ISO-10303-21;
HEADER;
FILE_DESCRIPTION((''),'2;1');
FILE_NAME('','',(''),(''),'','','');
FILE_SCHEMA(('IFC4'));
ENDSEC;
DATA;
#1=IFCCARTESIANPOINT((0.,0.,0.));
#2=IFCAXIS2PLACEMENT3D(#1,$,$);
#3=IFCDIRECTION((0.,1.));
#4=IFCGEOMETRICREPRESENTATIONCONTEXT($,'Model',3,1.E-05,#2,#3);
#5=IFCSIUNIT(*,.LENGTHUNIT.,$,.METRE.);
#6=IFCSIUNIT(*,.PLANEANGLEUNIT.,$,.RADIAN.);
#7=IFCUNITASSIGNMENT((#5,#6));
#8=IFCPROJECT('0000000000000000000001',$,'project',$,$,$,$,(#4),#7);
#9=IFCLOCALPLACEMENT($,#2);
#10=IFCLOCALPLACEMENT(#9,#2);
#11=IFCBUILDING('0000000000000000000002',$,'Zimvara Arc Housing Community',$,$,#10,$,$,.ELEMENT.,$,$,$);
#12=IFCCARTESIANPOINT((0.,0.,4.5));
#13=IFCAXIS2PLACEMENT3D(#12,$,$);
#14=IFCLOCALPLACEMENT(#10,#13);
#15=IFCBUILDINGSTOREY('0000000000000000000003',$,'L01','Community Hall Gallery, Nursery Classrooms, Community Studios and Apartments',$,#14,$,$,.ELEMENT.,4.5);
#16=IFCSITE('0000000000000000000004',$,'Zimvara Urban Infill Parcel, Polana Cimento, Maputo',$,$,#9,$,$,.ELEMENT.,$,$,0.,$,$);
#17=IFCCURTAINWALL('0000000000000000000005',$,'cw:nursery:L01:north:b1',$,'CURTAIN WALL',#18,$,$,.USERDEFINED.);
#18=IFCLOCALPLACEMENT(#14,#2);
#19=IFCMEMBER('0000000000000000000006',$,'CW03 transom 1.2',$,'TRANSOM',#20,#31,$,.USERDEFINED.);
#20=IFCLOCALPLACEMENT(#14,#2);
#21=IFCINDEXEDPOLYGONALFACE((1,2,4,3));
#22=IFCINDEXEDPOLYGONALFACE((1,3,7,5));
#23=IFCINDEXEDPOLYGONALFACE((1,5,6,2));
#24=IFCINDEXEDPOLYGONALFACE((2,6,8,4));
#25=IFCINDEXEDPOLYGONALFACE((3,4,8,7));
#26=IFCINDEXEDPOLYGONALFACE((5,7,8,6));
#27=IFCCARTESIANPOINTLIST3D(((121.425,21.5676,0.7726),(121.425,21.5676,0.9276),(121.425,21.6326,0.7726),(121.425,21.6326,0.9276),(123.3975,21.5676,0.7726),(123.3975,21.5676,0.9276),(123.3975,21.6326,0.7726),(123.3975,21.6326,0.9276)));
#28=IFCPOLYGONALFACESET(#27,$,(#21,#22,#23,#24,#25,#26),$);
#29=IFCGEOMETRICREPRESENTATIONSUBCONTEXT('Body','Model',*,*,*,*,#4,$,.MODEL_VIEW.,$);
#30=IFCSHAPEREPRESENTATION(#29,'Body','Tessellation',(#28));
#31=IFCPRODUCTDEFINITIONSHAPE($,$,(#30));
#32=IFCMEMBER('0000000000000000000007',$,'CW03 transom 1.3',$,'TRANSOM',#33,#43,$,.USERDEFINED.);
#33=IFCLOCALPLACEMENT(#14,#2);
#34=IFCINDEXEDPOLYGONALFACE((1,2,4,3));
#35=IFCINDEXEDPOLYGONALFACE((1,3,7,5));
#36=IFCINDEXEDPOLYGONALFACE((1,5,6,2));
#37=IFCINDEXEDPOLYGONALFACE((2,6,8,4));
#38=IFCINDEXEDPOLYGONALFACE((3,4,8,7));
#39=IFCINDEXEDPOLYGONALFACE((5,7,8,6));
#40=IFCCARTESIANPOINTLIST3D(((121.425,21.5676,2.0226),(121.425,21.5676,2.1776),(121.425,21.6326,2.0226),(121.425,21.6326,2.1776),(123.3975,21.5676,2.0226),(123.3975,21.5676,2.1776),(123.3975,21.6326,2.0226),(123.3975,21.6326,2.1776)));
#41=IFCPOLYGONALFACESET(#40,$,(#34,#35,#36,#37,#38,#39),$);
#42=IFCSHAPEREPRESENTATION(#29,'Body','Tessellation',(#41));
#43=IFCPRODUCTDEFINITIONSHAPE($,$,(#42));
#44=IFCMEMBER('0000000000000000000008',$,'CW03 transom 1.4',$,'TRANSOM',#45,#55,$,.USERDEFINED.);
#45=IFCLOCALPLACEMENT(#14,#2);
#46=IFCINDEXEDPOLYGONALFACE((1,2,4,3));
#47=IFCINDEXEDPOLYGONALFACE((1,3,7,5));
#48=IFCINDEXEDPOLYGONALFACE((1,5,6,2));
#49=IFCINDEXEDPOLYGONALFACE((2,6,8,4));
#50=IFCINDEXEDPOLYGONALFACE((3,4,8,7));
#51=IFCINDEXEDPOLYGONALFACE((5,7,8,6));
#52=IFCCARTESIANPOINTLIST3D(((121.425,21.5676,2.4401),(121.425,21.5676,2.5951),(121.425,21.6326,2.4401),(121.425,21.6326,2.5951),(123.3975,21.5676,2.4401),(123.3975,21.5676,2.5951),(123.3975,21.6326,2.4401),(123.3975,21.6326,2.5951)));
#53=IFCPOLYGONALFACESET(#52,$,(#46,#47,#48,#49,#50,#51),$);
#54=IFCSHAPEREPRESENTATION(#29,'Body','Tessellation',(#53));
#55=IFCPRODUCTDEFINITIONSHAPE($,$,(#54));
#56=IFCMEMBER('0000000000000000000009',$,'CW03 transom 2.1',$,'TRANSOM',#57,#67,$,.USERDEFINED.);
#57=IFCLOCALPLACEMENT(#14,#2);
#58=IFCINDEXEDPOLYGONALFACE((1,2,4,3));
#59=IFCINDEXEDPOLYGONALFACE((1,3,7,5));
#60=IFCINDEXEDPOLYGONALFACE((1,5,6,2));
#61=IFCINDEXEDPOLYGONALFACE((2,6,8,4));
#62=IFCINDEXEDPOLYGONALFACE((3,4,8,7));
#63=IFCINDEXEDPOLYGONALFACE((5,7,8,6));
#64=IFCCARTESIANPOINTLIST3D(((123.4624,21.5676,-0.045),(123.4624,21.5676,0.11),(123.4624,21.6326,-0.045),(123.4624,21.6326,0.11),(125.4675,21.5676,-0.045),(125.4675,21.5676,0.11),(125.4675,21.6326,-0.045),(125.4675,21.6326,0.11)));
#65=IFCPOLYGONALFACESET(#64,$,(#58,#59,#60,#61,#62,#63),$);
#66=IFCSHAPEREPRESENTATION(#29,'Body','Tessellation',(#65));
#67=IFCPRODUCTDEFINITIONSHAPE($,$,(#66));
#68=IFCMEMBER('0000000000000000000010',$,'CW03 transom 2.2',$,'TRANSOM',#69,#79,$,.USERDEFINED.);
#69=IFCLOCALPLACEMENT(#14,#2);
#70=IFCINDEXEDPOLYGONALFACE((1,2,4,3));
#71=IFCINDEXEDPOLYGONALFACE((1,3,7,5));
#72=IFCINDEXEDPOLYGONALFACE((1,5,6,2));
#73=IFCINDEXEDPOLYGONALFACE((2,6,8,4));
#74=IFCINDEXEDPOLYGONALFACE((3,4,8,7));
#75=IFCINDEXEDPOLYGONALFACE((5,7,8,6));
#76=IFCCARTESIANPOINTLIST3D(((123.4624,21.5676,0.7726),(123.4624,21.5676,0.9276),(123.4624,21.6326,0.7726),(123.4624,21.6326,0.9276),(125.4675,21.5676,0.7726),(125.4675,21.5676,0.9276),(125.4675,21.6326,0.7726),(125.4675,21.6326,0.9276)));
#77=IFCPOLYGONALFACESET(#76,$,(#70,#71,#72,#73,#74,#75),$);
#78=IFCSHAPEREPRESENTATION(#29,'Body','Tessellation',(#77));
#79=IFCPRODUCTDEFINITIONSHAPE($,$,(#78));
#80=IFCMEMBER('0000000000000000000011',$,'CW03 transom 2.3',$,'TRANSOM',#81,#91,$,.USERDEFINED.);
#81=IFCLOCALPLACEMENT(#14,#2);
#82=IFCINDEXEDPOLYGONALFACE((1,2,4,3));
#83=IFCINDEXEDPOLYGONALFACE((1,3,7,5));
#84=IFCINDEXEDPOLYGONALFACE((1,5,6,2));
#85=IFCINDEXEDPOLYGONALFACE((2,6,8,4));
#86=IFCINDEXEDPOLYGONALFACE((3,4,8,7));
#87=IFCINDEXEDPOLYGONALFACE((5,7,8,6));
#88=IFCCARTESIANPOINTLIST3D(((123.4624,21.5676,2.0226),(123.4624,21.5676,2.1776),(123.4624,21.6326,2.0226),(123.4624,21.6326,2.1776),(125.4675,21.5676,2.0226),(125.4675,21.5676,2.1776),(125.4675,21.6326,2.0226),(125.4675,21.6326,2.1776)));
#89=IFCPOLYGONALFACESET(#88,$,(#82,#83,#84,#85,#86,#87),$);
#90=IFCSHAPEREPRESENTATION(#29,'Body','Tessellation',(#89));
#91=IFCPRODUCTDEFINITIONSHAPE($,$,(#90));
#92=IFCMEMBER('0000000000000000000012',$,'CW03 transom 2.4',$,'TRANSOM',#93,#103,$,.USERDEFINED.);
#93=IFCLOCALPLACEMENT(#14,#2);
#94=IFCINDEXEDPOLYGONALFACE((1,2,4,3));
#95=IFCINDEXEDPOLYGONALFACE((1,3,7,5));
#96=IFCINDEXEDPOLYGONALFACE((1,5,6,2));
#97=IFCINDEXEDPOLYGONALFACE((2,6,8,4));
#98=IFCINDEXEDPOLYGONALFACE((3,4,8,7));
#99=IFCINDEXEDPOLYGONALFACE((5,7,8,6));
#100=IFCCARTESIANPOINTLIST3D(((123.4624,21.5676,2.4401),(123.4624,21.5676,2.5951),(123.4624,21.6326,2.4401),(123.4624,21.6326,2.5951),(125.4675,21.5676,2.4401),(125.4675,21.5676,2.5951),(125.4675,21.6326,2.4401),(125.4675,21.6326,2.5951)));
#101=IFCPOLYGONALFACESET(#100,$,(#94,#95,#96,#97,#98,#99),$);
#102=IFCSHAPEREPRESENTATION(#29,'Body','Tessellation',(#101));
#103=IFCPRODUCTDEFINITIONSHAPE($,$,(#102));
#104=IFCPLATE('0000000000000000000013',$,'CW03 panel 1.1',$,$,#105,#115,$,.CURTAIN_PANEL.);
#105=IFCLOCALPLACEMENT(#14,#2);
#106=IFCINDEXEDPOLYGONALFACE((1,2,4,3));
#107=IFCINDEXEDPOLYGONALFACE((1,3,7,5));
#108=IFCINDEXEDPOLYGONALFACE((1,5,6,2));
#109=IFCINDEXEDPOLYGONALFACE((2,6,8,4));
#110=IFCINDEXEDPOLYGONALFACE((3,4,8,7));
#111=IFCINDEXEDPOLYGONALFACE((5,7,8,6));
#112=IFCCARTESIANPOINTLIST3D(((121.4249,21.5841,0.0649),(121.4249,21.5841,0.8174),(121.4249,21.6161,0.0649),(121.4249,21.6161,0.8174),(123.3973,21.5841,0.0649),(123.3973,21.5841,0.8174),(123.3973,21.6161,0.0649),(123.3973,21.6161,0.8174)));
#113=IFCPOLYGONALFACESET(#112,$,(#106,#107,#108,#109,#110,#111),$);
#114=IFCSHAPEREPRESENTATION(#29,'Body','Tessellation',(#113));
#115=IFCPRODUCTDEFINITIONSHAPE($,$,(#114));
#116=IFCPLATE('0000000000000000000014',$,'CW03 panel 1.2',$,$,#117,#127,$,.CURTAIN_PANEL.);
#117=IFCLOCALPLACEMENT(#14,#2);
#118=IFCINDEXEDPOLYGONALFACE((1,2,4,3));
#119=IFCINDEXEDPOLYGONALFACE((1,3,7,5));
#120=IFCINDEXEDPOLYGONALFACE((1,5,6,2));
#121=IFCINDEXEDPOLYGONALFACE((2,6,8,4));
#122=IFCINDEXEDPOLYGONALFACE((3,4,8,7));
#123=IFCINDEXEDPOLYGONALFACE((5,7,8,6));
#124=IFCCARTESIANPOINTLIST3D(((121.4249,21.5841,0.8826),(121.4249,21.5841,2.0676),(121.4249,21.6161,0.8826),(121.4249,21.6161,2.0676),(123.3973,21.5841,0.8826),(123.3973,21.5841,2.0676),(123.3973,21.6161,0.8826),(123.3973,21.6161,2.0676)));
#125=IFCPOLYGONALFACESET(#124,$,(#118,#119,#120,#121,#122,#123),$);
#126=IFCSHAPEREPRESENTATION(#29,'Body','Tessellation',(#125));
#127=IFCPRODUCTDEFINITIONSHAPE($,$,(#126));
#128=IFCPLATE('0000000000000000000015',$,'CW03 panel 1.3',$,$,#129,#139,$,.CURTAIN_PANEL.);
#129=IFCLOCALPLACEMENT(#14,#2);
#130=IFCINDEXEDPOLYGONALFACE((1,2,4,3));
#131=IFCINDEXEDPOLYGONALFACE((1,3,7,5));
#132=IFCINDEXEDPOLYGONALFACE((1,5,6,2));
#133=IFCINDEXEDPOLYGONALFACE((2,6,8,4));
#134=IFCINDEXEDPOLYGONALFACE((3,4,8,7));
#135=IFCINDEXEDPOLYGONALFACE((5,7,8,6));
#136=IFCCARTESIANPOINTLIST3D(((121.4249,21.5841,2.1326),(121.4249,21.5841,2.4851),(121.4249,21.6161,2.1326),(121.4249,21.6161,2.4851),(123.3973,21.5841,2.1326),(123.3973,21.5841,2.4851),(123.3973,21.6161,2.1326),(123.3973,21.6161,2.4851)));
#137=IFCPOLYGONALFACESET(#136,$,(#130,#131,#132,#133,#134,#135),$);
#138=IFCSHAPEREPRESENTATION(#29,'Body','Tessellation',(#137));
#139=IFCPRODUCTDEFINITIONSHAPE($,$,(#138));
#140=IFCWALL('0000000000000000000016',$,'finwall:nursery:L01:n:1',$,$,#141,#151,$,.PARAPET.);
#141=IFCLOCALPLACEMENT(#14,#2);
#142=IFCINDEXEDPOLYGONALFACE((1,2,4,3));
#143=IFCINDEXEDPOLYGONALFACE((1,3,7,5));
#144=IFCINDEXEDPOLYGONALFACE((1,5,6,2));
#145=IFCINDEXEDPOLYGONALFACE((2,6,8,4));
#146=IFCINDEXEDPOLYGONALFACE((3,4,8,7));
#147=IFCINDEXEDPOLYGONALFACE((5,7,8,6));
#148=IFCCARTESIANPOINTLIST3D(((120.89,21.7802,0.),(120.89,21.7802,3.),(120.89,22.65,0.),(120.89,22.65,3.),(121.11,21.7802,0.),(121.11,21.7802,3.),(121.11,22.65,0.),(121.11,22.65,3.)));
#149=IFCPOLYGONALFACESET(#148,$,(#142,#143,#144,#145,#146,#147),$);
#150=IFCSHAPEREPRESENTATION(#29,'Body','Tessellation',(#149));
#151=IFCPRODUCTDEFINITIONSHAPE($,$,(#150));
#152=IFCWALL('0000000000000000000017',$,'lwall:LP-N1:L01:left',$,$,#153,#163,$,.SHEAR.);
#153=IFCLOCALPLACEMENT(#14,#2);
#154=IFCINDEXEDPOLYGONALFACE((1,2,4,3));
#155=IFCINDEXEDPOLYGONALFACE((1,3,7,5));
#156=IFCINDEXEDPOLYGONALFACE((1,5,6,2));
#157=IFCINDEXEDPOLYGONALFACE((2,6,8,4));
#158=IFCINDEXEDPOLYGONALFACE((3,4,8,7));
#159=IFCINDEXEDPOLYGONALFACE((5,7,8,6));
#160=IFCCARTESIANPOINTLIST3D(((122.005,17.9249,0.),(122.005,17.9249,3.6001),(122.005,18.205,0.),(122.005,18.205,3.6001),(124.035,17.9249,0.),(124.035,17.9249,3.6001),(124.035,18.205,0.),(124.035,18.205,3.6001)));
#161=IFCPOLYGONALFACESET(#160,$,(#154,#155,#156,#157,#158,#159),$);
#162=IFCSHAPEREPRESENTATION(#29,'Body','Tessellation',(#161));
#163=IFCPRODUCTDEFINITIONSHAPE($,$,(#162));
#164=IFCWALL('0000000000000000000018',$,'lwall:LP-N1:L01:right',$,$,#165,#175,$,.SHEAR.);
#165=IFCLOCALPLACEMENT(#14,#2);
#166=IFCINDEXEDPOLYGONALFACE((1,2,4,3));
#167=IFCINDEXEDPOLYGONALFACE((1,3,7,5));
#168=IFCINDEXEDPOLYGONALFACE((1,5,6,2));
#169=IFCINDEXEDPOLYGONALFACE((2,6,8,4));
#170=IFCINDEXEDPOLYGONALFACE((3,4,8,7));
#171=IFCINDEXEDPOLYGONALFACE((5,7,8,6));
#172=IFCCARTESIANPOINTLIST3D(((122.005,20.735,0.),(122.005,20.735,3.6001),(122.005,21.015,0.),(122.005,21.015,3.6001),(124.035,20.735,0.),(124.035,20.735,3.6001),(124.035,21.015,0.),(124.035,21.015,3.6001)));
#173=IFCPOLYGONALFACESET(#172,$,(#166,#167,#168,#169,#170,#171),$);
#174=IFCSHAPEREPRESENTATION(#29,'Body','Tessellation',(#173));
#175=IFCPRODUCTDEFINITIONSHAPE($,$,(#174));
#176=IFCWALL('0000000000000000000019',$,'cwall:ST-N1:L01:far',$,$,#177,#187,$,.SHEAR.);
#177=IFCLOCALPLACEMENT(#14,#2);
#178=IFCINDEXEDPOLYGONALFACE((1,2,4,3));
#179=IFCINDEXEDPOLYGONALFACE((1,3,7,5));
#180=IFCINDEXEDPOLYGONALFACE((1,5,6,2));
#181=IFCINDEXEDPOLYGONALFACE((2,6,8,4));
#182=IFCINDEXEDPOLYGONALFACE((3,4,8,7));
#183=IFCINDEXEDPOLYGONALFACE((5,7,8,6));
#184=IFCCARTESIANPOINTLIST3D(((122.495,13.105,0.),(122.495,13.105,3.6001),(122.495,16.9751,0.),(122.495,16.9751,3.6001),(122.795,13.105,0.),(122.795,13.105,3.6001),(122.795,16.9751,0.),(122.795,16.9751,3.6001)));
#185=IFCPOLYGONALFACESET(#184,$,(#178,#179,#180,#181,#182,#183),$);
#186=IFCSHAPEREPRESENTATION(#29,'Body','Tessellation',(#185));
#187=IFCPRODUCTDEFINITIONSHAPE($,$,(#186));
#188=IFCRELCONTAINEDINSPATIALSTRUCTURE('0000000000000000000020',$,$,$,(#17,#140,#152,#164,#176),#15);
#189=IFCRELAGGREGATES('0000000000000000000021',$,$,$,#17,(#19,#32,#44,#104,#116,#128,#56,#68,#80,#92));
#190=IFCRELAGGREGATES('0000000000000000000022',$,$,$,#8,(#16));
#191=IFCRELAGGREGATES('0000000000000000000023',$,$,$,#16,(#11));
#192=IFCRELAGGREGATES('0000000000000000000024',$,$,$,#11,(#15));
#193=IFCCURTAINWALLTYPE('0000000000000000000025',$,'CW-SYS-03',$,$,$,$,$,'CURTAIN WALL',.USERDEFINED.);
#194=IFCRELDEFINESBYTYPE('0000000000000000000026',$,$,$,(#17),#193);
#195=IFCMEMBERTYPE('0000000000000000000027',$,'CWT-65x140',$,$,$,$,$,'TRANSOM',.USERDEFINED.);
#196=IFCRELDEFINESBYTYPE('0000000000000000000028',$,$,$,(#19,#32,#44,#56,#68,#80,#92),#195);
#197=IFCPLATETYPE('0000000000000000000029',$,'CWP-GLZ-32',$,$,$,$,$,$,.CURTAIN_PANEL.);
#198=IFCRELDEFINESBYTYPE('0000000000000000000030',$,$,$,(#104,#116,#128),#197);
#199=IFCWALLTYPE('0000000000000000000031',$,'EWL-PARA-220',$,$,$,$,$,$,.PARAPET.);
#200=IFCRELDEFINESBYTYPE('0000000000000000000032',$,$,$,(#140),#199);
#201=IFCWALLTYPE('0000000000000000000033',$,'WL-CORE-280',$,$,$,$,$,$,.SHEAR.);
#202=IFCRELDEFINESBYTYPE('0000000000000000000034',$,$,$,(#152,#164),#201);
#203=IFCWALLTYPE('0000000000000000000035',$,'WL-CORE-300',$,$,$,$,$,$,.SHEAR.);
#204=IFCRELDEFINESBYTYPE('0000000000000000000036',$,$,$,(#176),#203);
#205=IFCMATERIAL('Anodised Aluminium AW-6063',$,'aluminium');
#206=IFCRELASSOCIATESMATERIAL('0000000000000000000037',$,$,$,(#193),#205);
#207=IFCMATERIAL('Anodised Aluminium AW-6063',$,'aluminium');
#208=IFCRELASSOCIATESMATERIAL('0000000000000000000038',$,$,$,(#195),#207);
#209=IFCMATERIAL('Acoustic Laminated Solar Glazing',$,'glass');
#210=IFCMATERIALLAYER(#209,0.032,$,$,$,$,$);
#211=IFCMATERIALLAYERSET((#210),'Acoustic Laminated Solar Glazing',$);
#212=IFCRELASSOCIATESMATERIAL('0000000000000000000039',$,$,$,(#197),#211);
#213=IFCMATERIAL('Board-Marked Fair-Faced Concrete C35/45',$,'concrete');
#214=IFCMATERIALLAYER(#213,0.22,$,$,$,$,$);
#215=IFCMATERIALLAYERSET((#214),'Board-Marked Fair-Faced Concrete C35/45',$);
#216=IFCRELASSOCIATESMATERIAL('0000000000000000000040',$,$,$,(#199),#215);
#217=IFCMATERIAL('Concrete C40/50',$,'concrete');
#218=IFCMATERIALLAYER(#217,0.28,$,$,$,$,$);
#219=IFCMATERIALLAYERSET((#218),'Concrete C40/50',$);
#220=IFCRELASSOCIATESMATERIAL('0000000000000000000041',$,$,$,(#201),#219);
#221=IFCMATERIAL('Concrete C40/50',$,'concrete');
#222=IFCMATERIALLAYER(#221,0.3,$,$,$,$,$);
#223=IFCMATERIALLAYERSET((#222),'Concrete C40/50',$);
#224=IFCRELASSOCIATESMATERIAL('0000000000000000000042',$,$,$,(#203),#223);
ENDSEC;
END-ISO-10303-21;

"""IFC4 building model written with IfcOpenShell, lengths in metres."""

from ifc_helpers import new_model, si_unit, direction, frame, frame_2d, origin, origin_2d, place, context, subcontext, project, spatial, rectangle, extrude, material, layer, layer_set, material_profile, profile_set, type_object, element, aggregate, save


model = new_model("IFC4")

# Units and contexts
model_context = context("Model", 3, precision=1e-05, world=origin(), true_north=direction((0.0, 1.0)))
body_context = subcontext(model_context, "Body", "Model", "MODEL_VIEW")
ifc_project = project(units=[si_unit("LENGTHUNIT", "METRE"), si_unit("PLANEANGLEUNIT", "RADIAN")], contexts=[model_context])

# Site, building, storey
site_placement = place(None, origin())
site = spatial("IfcSite", under=ifc_project, at=site_placement, Name="Zimvara Urban Infill Parcel, Polana Cimento, Maputo", CompositionType="ELEMENT", RefElevation=0.0)
building_placement = place(site_placement, origin())
building = spatial("IfcBuilding", under=site, at=building_placement, Name="Zimvara Arc Housing Community", CompositionType="ELEMENT")
storey_placement = place(building_placement, frame((0.0, 0.0, 4.5)))
storey = spatial("IfcBuildingStorey", under=building, at=storey_placement, Name="L01", Description="Community Hall Gallery, Nursery Classrooms, Community Studios and Apartments", CompositionType="ELEMENT", Elevation=4.5)

# Curtain wall, members, plates
ifc_material_1 = material(Name="Anodised Aluminium AW-6063", Category="aluminium")
curtain_wall_type = type_object("IfcCurtainWallType", Name="CW-SYS-03", ElementType="CURTAIN WALL", PredefinedType="USERDEFINED", material=ifc_material_1)
curtain_wall_placement = place(storey_placement, origin())
curtain_wall = element("IfcCurtainWall", 1, at=curtain_wall_placement, inside=storey, type_object=curtain_wall_type, Name="cw:nursery:L01:north:b1", ObjectType="CURTAIN WALL", PredefinedType="USERDEFINED")
ifc_material_2 = material(Name="Anodised Aluminium AW-6063", Category="aluminium")
ifc_material_profile_1 = material_profile(ifc_material_2, rectangle(XDim=0.0649, YDim=0.155, at=origin_2d()), Name="ALU 65x155")
ifc_profile_set_1 = profile_set([ifc_material_profile_1], Name="Anodised Aluminium AW-6063")
member_type_1 = type_object("IfcMemberType", Name="CWT-65x140", ElementType="TRANSOM", PredefinedType="USERDEFINED", material=ifc_profile_set_1)
member_1_placement = place(storey_placement, frame((121.425, 21.6001, 0.8501), z_axis=(1.0, 0.0, 0.0), x_axis=(0.0, 1.0, 0.0)))
member_1 = element("IfcMember", 2, at=member_1_placement, type_object=member_type_1, Name="CW03 transom 1.2", ObjectType="TRANSOM", PredefinedType="USERDEFINED", context=body_context, shape_type="SweptSolid", body=[
    extrude(rectangle(XDim=0.0649, YDim=0.155, at=origin_2d()), origin(), (0.0, 0.0, 1.0), 1.9724),
])
member_2_placement = place(storey_placement, frame((121.425, 21.6001, 2.1001), z_axis=(1.0, 0.0, 0.0), x_axis=(0.0, 1.0, 0.0)))
member_2 = element("IfcMember", 3, at=member_2_placement, type_object=member_type_1, Name="CW03 transom 1.3", ObjectType="TRANSOM", PredefinedType="USERDEFINED", context=body_context, shape_type="SweptSolid", body=[
    extrude(rectangle(XDim=0.0649, YDim=0.155, at=origin_2d()), origin(), (0.0, 0.0, 1.0), 1.9724),
])
member_3_placement = place(storey_placement, frame((121.425, 21.6001, 2.5176), z_axis=(1.0, 0.0, 0.0), x_axis=(0.0, 1.0, 0.0)))
member_3 = element("IfcMember", 4, at=member_3_placement, type_object=member_type_1, Name="CW03 transom 1.4", ObjectType="TRANSOM", PredefinedType="USERDEFINED", context=body_context, shape_type="SweptSolid", body=[
    extrude(rectangle(XDim=0.0649, YDim=0.155, at=origin_2d()), origin(), (0.0, 0.0, 1.0), 1.9724),
])
member_4_placement = place(storey_placement, frame((123.4624, 21.6001, 0.0325), z_axis=(1.0, 0.0, 0.0), x_axis=(0.0, 1.0, 0.0)))
member_4 = element("IfcMember", 5, at=member_4_placement, type_object=member_type_1, Name="CW03 transom 2.1", ObjectType="TRANSOM", PredefinedType="USERDEFINED", context=body_context, shape_type="SweptSolid", body=[
    extrude(rectangle(XDim=0.0649, YDim=0.155, at=origin_2d()), origin(), (0.0, 0.0, 1.0), 2.0051),
])
member_5_placement = place(storey_placement, frame((123.4624, 21.6001, 0.8501), z_axis=(1.0, 0.0, 0.0), x_axis=(0.0, 1.0, 0.0)))
member_5 = element("IfcMember", 6, at=member_5_placement, type_object=member_type_1, Name="CW03 transom 2.2", ObjectType="TRANSOM", PredefinedType="USERDEFINED", context=body_context, shape_type="SweptSolid", body=[
    extrude(rectangle(XDim=0.0649, YDim=0.155, at=origin_2d()), origin(), (0.0, 0.0, 1.0), 2.0051),
])
member_6_placement = place(storey_placement, frame((123.4624, 21.6001, 2.1001), z_axis=(1.0, 0.0, 0.0), x_axis=(0.0, 1.0, 0.0)))
member_6 = element("IfcMember", 7, at=member_6_placement, type_object=member_type_1, Name="CW03 transom 2.3", ObjectType="TRANSOM", PredefinedType="USERDEFINED", context=body_context, shape_type="SweptSolid", body=[
    extrude(rectangle(XDim=0.0649, YDim=0.155, at=origin_2d()), origin(), (0.0, 0.0, 1.0), 2.0051),
])
member_7_placement = place(storey_placement, frame((123.4624, 21.6001, 2.5176), z_axis=(1.0, 0.0, 0.0), x_axis=(0.0, 1.0, 0.0)))
member_7 = element("IfcMember", 8, at=member_7_placement, type_object=member_type_1, Name="CW03 transom 2.4", ObjectType="TRANSOM", PredefinedType="USERDEFINED", context=body_context, shape_type="SweptSolid", body=[
    extrude(rectangle(XDim=0.0649, YDim=0.155, at=origin_2d()), origin(), (0.0, 0.0, 1.0), 2.0051),
])
ifc_material_3 = material(Name="Acoustic Laminated Solar Glazing", Category="glass")
ifc_layer_1 = layer(ifc_material_3, 0.032)
ifc_layer_set_1 = layer_set([ifc_layer_1], Name="Acoustic Laminated Solar Glazing")
plate_type = type_object("IfcPlateType", Name="CWP-GLZ-32", PredefinedType="CURTAIN_PANEL", material=ifc_layer_set_1)
plate_1_placement = place(storey_placement, frame((122.4111, 21.6001, 0.0649), z_axis=(0.0, 0.0, 1.0), x_axis=(1.0, 0.0, 0.0)))
plate_1 = element("IfcPlate", 9, at=plate_1_placement, type_object=plate_type, Name="CW03 panel 1.1", PredefinedType="CURTAIN_PANEL", context=body_context, shape_type="SweptSolid", body=[
    extrude(rectangle(XDim=1.9724, YDim=0.032, at=origin_2d()), origin(), (0.0, 0.0, 1.0), 0.7524),
])
plate_2_placement = place(storey_placement, frame((122.4111, 21.6001, 0.8826), z_axis=(0.0, 0.0, 1.0), x_axis=(1.0, 0.0, 0.0)))
plate_2 = element("IfcPlate", 10, at=plate_2_placement, type_object=plate_type, Name="CW03 panel 1.2", PredefinedType="CURTAIN_PANEL", context=body_context, shape_type="SweptSolid", body=[
    extrude(rectangle(XDim=1.9724, YDim=0.032, at=origin_2d()), origin(), (0.0, 0.0, 1.0), 1.1851),
])
plate_3_placement = place(storey_placement, frame((122.4111, 21.6001, 2.1326), z_axis=(0.0, 0.0, 1.0), x_axis=(1.0, 0.0, 0.0)))
plate_3 = element("IfcPlate", 11, at=plate_3_placement, type_object=plate_type, Name="CW03 panel 1.3", PredefinedType="CURTAIN_PANEL", context=body_context, shape_type="SweptSolid", body=[
    extrude(rectangle(XDim=1.9724, YDim=0.032, at=origin_2d()), origin(), (0.0, 0.0, 1.0), 0.3525),
])
aggregate(curtain_wall, [member_1, member_2, member_3, plate_1, plate_2, plate_3, member_4, member_5, member_6, member_7])

# Wall
ifc_material_4 = material(Name="Board-Marked Fair-Faced Concrete C35/45", Category="concrete")
ifc_layer_2 = layer(ifc_material_4, 0.22)
ifc_layer_set_2 = layer_set([ifc_layer_2], Name="Board-Marked Fair-Faced Concrete C35/45")
wall_type_1 = type_object("IfcWallType", Name="EWL-PARA-220", PredefinedType="PARAPET", material=ifc_layer_set_2)
wall_1_placement = place(storey_placement, frame((121.0, 21.78, 0.0), z_axis=(0.0, 0.0, 1.0), x_axis=(0.0, 1.0, 0.0)))
element("IfcWall", 12, at=wall_1_placement, inside=storey, type_object=wall_type_1, Name="finwall:nursery:L01:n:1", PredefinedType="PARAPET", context=body_context, shape_type="SweptSolid", body=[
    extrude(rectangle(XDim=0.8699, YDim=0.22, at=frame_2d((0.4351, 0.0))), origin(), (0.0, 0.0, 1.0), 3.0),
])

# Shared definitions
ifc_material_5 = material(Name="Concrete C40/50", Category="concrete")
ifc_layer_3 = layer(ifc_material_5, 0.28)
ifc_layer_set_3 = layer_set([ifc_layer_3], Name="Concrete C40/50")
wall_type_2 = type_object("IfcWallType", Name="WL-CORE-280", PredefinedType="SHEAR", material=ifc_layer_set_3)

# Walls
for number, where, z_axis, x_axis, name in (
    (13, (122.0049, 18.0649, 0.0), (0.0, 0.0, 1.0), (1.0, 0.0, 0.0), "lwall:LP-N1:L01:left"),
    (14, (122.0049, 20.875, 0.0), (0.0, 0.0, 1.0), (1.0, 0.0, 0.0), "lwall:LP-N1:L01:right"),
):
    element("IfcWall", number, at=place(storey_placement, frame(where, z_axis=z_axis, x_axis=x_axis)), inside=storey, type_object=wall_type_2, Name=name, PredefinedType="SHEAR", context=body_context, shape_type="SweptSolid", body=[
        extrude(rectangle(XDim=2.03, YDim=0.28, at=frame_2d((1.0151, 0.0))), origin(), (0.0, 0.0, 1.0), 3.6001),
    ])
ifc_material_6 = material(Name="Concrete C40/50", Category="concrete")
ifc_layer_4 = layer(ifc_material_6, 0.3)
ifc_layer_set_4 = layer_set([ifc_layer_4], Name="Concrete C40/50")
wall_type_3 = type_object("IfcWallType", Name="WL-CORE-300", PredefinedType="SHEAR", material=ifc_layer_set_4)
wall_2_placement = place(storey_placement, frame((122.645, 13.105, 0.0), z_axis=(0.0, 0.0, 1.0), x_axis=(0.0, 1.0, 0.0)))
element("IfcWall", 15, at=wall_2_placement, inside=storey, type_object=wall_type_3, Name="cwall:ST-N1:L01:far", PredefinedType="SHEAR", context=body_context, shape_type="SweptSolid", body=[
    extrude(rectangle(XDim=3.8701, YDim=0.3, at=frame_2d((1.9351, 0.0))), origin(), (0.0, 0.0, 1.0), 3.6001),
])

save(model, "model.ifc")
